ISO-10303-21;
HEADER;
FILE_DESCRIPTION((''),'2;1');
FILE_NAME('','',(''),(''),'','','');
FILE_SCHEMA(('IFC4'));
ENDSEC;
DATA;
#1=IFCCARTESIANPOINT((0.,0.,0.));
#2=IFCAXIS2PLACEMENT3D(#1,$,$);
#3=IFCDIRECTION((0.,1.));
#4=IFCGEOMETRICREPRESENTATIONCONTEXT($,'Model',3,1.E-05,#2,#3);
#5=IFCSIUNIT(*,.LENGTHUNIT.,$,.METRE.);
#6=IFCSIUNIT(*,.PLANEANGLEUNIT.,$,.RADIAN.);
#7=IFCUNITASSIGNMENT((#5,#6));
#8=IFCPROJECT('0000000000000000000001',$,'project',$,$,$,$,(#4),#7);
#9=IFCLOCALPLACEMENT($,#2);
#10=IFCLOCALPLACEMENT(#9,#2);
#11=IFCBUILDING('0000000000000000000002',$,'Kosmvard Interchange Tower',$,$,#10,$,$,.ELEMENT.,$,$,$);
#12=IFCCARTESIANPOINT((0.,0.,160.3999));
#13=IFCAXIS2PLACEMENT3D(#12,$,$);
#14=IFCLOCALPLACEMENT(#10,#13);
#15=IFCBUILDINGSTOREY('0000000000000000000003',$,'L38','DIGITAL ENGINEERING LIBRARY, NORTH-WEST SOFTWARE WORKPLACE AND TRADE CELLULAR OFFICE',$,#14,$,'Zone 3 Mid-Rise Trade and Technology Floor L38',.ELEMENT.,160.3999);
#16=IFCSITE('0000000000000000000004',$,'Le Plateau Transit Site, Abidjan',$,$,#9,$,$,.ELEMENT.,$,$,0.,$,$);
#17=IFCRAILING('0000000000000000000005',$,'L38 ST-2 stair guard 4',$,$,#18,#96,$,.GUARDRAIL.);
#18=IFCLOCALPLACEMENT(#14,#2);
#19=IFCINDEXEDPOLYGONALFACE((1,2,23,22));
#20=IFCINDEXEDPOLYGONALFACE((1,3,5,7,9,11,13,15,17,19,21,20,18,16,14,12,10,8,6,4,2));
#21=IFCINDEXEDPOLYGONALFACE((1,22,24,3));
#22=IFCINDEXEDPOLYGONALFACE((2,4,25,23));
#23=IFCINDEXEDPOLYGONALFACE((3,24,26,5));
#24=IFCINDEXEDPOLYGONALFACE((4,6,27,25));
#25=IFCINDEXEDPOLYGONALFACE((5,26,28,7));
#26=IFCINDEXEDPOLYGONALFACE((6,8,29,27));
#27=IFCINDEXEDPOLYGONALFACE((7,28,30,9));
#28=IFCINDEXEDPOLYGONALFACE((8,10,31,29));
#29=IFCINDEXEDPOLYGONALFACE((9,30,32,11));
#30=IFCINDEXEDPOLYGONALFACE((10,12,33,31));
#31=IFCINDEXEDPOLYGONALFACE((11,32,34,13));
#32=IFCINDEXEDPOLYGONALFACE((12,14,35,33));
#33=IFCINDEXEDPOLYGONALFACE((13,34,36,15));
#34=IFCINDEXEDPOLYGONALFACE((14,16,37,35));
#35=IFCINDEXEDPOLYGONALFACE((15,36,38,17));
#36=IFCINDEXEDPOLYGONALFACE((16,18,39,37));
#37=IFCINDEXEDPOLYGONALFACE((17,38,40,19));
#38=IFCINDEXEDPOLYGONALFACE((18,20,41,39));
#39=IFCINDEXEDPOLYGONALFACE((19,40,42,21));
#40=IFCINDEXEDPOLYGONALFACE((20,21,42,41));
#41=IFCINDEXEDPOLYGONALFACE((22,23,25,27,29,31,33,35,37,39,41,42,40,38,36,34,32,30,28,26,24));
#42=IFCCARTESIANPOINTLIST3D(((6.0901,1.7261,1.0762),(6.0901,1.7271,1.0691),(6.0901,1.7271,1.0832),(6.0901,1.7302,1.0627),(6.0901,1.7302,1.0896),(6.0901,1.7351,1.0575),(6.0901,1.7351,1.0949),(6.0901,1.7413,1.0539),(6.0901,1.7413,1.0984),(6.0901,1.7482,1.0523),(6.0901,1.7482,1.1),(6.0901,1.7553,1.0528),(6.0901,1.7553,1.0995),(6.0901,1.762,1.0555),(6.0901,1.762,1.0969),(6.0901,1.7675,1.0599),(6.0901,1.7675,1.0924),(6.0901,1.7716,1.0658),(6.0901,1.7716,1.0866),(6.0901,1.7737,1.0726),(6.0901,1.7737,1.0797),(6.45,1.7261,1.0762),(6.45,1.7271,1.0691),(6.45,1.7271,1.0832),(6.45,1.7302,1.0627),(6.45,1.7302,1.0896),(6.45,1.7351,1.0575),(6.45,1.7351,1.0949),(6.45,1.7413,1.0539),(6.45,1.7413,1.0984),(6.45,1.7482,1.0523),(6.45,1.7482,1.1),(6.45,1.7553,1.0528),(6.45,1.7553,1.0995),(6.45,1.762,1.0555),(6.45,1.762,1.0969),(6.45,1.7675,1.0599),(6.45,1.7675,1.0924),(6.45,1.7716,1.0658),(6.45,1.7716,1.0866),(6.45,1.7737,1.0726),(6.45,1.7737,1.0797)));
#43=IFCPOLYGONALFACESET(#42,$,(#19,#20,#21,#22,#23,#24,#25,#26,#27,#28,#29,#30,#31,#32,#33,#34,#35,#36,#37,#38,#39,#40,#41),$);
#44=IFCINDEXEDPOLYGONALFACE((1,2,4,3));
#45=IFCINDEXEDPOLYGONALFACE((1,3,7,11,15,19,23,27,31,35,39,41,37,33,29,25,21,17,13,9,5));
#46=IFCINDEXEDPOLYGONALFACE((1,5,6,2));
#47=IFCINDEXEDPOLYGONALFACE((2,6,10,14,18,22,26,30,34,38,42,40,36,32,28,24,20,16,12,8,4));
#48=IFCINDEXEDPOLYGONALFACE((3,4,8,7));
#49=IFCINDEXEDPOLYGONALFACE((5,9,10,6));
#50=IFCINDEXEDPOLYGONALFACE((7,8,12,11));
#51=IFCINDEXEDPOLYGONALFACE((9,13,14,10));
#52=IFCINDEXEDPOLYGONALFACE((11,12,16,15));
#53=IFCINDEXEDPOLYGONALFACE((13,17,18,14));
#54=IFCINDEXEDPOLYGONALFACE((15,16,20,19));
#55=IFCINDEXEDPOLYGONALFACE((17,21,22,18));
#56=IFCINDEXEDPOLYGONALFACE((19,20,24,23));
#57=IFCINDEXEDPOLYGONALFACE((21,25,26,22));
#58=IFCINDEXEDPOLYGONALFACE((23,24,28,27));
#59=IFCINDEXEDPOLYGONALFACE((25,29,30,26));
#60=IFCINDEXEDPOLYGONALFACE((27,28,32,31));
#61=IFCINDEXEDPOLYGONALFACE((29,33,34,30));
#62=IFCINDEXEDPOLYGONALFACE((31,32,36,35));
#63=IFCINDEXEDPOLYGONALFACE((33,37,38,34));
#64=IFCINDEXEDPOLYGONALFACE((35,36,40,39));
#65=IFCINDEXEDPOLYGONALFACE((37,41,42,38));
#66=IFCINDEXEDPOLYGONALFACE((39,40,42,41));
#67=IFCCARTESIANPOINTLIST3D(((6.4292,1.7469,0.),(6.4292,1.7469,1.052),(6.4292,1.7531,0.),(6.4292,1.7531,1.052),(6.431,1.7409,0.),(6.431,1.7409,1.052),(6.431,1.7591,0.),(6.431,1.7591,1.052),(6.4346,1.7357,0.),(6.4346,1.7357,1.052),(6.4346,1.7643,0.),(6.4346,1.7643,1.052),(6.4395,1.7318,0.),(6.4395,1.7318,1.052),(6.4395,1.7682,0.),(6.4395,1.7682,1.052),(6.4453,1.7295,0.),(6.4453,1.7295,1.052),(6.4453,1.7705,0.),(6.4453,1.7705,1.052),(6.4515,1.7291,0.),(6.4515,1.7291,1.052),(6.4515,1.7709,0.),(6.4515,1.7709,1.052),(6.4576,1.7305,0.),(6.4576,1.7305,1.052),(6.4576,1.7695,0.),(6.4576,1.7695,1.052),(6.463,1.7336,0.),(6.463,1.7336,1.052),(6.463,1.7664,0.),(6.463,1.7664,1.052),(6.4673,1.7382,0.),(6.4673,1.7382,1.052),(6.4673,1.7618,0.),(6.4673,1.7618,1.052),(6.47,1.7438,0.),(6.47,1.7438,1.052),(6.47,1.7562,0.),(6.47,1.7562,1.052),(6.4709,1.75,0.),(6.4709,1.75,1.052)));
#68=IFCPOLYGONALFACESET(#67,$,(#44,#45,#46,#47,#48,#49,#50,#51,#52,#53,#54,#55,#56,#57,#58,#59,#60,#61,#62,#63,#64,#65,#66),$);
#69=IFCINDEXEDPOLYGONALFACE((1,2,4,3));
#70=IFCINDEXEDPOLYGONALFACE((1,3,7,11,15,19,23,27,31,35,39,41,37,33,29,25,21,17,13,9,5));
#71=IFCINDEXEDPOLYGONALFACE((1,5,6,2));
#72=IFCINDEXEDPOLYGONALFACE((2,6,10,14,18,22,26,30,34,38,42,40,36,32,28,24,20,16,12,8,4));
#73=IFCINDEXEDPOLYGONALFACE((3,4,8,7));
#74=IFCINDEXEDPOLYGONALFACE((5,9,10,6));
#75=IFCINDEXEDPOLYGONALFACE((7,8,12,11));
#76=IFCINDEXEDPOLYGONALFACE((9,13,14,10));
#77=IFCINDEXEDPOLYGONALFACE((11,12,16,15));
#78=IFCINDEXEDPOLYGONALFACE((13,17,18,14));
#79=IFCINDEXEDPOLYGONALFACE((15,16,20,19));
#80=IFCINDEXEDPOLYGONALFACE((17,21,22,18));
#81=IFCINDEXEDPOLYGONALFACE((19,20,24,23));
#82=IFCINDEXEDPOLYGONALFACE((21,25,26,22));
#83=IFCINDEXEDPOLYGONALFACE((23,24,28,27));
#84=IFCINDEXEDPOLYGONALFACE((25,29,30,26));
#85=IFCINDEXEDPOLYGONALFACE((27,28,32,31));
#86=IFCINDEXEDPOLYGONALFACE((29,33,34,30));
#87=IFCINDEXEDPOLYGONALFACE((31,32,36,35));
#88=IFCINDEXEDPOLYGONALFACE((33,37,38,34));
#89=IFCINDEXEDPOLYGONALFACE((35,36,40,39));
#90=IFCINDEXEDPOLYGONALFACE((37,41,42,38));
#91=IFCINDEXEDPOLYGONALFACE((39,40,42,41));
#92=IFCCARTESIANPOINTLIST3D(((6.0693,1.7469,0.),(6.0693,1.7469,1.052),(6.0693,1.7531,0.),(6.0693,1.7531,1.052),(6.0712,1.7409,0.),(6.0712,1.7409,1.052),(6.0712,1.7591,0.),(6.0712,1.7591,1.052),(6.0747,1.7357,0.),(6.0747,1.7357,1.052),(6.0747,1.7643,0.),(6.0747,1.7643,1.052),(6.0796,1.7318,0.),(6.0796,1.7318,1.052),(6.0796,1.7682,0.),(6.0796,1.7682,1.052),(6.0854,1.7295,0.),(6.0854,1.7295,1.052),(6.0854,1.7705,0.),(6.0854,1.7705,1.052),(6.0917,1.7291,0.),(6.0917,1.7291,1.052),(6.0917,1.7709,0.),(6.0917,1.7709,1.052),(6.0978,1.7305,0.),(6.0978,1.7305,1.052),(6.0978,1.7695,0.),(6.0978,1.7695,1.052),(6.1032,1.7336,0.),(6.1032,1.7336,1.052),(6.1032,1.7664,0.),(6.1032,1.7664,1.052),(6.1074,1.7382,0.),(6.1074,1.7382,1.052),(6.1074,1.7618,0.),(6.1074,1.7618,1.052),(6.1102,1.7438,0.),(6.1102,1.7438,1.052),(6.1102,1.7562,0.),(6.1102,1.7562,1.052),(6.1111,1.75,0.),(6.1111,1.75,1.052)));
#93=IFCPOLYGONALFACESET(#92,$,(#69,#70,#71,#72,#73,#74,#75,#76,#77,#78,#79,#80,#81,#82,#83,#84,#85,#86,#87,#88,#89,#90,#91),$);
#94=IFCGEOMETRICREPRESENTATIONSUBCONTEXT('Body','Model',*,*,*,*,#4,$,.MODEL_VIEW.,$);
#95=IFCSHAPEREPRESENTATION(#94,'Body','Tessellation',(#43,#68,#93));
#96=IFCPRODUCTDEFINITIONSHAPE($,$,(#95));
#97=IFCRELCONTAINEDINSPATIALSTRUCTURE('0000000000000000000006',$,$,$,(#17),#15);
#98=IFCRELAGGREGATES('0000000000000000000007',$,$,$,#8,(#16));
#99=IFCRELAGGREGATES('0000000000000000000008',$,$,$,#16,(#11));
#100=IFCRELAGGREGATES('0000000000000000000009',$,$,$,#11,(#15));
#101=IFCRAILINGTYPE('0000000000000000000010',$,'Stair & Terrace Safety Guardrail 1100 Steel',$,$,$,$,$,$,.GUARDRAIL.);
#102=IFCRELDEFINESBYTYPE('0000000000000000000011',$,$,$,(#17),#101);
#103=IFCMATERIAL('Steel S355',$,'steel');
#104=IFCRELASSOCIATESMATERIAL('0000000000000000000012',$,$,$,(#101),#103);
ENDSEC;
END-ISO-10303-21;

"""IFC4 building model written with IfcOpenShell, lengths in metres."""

from ifc_helpers import new_model, si_unit, direction, frame, origin, origin_2d, place, context, subcontext, project, spatial, circle, extrude, source, transform, mapped, material, type_object, element, save


model = new_model("IFC4")

# Units and contexts
model_context = context("Model", 3, precision=1e-05, world=origin(), true_north=direction((0.0, 1.0)))
body_context = subcontext(model_context, "Body", "Model", "MODEL_VIEW")
ifc_project = project(units=[si_unit("LENGTHUNIT", "METRE"), si_unit("PLANEANGLEUNIT", "RADIAN")], contexts=[model_context])

# Site, building, storey
site_placement = place(None, origin())
site = spatial("IfcSite", under=ifc_project, at=site_placement, Name="Le Plateau Transit Site, Abidjan", CompositionType="ELEMENT", RefElevation=0.0)
building_placement = place(site_placement, origin())
building = spatial("IfcBuilding", under=site, at=building_placement, Name="Kosmvard Interchange Tower", CompositionType="ELEMENT")
storey_placement = place(building_placement, frame((0.0, 0.0, 160.3999)))
storey = spatial("IfcBuildingStorey", under=building, at=storey_placement, Name="L38", Description="DIGITAL ENGINEERING LIBRARY, NORTH-WEST SOFTWARE WORKPLACE AND TRADE CELLULAR OFFICE", LongName="Zone 3 Mid-Rise Trade and Technology Floor L38", CompositionType="ELEMENT", Elevation=160.3999)

# Shared definitions
ifc_material_1 = material(Name="Steel S355", Category="steel")

# Railing
railing_type_1 = type_object("IfcRailingType", Name="Stair & Terrace Safety Guardrail 1100 Steel", PredefinedType="GUARDRAIL", material=ifc_material_1)
shared_shape_1 = source(origin(), body_context, "Body", "SweptSolid", [
    extrude(circle(Radius=0.0239, at=origin_2d()), frame((0.0, 0.0, 1.0762), z_axis=(-1.0, 0.0, 0.0), x_axis=(0.0, -1.0, 0.0)), (0.0, 0.0, 1.0), 0.3599),
    extrude(circle(Radius=0.021, at=origin_2d()), origin(), (0.0, 0.0, 1.0), 1.052),
    extrude(circle(Radius=0.021, at=origin_2d()), frame((-0.3599, 0.0, 0.0)), (0.0, 0.0, 1.0), 1.052),
])
for number, where, name in (
    (1, (6.45, 1.75, 0.0), "L38 ST-2 stair guard 4"),
):
    element("IfcRailing", number, at=place(storey_placement, frame(where)), inside=storey, type_object=railing_type_1, Name=name, PredefinedType="GUARDRAIL", context=body_context, shape_type="MappedRepresentation", body=[
        mapped(shared_shape_1, transform((0.0, 0.0, 0.0), scale=1.0)),
    ])

save(model, "model.ifc")
